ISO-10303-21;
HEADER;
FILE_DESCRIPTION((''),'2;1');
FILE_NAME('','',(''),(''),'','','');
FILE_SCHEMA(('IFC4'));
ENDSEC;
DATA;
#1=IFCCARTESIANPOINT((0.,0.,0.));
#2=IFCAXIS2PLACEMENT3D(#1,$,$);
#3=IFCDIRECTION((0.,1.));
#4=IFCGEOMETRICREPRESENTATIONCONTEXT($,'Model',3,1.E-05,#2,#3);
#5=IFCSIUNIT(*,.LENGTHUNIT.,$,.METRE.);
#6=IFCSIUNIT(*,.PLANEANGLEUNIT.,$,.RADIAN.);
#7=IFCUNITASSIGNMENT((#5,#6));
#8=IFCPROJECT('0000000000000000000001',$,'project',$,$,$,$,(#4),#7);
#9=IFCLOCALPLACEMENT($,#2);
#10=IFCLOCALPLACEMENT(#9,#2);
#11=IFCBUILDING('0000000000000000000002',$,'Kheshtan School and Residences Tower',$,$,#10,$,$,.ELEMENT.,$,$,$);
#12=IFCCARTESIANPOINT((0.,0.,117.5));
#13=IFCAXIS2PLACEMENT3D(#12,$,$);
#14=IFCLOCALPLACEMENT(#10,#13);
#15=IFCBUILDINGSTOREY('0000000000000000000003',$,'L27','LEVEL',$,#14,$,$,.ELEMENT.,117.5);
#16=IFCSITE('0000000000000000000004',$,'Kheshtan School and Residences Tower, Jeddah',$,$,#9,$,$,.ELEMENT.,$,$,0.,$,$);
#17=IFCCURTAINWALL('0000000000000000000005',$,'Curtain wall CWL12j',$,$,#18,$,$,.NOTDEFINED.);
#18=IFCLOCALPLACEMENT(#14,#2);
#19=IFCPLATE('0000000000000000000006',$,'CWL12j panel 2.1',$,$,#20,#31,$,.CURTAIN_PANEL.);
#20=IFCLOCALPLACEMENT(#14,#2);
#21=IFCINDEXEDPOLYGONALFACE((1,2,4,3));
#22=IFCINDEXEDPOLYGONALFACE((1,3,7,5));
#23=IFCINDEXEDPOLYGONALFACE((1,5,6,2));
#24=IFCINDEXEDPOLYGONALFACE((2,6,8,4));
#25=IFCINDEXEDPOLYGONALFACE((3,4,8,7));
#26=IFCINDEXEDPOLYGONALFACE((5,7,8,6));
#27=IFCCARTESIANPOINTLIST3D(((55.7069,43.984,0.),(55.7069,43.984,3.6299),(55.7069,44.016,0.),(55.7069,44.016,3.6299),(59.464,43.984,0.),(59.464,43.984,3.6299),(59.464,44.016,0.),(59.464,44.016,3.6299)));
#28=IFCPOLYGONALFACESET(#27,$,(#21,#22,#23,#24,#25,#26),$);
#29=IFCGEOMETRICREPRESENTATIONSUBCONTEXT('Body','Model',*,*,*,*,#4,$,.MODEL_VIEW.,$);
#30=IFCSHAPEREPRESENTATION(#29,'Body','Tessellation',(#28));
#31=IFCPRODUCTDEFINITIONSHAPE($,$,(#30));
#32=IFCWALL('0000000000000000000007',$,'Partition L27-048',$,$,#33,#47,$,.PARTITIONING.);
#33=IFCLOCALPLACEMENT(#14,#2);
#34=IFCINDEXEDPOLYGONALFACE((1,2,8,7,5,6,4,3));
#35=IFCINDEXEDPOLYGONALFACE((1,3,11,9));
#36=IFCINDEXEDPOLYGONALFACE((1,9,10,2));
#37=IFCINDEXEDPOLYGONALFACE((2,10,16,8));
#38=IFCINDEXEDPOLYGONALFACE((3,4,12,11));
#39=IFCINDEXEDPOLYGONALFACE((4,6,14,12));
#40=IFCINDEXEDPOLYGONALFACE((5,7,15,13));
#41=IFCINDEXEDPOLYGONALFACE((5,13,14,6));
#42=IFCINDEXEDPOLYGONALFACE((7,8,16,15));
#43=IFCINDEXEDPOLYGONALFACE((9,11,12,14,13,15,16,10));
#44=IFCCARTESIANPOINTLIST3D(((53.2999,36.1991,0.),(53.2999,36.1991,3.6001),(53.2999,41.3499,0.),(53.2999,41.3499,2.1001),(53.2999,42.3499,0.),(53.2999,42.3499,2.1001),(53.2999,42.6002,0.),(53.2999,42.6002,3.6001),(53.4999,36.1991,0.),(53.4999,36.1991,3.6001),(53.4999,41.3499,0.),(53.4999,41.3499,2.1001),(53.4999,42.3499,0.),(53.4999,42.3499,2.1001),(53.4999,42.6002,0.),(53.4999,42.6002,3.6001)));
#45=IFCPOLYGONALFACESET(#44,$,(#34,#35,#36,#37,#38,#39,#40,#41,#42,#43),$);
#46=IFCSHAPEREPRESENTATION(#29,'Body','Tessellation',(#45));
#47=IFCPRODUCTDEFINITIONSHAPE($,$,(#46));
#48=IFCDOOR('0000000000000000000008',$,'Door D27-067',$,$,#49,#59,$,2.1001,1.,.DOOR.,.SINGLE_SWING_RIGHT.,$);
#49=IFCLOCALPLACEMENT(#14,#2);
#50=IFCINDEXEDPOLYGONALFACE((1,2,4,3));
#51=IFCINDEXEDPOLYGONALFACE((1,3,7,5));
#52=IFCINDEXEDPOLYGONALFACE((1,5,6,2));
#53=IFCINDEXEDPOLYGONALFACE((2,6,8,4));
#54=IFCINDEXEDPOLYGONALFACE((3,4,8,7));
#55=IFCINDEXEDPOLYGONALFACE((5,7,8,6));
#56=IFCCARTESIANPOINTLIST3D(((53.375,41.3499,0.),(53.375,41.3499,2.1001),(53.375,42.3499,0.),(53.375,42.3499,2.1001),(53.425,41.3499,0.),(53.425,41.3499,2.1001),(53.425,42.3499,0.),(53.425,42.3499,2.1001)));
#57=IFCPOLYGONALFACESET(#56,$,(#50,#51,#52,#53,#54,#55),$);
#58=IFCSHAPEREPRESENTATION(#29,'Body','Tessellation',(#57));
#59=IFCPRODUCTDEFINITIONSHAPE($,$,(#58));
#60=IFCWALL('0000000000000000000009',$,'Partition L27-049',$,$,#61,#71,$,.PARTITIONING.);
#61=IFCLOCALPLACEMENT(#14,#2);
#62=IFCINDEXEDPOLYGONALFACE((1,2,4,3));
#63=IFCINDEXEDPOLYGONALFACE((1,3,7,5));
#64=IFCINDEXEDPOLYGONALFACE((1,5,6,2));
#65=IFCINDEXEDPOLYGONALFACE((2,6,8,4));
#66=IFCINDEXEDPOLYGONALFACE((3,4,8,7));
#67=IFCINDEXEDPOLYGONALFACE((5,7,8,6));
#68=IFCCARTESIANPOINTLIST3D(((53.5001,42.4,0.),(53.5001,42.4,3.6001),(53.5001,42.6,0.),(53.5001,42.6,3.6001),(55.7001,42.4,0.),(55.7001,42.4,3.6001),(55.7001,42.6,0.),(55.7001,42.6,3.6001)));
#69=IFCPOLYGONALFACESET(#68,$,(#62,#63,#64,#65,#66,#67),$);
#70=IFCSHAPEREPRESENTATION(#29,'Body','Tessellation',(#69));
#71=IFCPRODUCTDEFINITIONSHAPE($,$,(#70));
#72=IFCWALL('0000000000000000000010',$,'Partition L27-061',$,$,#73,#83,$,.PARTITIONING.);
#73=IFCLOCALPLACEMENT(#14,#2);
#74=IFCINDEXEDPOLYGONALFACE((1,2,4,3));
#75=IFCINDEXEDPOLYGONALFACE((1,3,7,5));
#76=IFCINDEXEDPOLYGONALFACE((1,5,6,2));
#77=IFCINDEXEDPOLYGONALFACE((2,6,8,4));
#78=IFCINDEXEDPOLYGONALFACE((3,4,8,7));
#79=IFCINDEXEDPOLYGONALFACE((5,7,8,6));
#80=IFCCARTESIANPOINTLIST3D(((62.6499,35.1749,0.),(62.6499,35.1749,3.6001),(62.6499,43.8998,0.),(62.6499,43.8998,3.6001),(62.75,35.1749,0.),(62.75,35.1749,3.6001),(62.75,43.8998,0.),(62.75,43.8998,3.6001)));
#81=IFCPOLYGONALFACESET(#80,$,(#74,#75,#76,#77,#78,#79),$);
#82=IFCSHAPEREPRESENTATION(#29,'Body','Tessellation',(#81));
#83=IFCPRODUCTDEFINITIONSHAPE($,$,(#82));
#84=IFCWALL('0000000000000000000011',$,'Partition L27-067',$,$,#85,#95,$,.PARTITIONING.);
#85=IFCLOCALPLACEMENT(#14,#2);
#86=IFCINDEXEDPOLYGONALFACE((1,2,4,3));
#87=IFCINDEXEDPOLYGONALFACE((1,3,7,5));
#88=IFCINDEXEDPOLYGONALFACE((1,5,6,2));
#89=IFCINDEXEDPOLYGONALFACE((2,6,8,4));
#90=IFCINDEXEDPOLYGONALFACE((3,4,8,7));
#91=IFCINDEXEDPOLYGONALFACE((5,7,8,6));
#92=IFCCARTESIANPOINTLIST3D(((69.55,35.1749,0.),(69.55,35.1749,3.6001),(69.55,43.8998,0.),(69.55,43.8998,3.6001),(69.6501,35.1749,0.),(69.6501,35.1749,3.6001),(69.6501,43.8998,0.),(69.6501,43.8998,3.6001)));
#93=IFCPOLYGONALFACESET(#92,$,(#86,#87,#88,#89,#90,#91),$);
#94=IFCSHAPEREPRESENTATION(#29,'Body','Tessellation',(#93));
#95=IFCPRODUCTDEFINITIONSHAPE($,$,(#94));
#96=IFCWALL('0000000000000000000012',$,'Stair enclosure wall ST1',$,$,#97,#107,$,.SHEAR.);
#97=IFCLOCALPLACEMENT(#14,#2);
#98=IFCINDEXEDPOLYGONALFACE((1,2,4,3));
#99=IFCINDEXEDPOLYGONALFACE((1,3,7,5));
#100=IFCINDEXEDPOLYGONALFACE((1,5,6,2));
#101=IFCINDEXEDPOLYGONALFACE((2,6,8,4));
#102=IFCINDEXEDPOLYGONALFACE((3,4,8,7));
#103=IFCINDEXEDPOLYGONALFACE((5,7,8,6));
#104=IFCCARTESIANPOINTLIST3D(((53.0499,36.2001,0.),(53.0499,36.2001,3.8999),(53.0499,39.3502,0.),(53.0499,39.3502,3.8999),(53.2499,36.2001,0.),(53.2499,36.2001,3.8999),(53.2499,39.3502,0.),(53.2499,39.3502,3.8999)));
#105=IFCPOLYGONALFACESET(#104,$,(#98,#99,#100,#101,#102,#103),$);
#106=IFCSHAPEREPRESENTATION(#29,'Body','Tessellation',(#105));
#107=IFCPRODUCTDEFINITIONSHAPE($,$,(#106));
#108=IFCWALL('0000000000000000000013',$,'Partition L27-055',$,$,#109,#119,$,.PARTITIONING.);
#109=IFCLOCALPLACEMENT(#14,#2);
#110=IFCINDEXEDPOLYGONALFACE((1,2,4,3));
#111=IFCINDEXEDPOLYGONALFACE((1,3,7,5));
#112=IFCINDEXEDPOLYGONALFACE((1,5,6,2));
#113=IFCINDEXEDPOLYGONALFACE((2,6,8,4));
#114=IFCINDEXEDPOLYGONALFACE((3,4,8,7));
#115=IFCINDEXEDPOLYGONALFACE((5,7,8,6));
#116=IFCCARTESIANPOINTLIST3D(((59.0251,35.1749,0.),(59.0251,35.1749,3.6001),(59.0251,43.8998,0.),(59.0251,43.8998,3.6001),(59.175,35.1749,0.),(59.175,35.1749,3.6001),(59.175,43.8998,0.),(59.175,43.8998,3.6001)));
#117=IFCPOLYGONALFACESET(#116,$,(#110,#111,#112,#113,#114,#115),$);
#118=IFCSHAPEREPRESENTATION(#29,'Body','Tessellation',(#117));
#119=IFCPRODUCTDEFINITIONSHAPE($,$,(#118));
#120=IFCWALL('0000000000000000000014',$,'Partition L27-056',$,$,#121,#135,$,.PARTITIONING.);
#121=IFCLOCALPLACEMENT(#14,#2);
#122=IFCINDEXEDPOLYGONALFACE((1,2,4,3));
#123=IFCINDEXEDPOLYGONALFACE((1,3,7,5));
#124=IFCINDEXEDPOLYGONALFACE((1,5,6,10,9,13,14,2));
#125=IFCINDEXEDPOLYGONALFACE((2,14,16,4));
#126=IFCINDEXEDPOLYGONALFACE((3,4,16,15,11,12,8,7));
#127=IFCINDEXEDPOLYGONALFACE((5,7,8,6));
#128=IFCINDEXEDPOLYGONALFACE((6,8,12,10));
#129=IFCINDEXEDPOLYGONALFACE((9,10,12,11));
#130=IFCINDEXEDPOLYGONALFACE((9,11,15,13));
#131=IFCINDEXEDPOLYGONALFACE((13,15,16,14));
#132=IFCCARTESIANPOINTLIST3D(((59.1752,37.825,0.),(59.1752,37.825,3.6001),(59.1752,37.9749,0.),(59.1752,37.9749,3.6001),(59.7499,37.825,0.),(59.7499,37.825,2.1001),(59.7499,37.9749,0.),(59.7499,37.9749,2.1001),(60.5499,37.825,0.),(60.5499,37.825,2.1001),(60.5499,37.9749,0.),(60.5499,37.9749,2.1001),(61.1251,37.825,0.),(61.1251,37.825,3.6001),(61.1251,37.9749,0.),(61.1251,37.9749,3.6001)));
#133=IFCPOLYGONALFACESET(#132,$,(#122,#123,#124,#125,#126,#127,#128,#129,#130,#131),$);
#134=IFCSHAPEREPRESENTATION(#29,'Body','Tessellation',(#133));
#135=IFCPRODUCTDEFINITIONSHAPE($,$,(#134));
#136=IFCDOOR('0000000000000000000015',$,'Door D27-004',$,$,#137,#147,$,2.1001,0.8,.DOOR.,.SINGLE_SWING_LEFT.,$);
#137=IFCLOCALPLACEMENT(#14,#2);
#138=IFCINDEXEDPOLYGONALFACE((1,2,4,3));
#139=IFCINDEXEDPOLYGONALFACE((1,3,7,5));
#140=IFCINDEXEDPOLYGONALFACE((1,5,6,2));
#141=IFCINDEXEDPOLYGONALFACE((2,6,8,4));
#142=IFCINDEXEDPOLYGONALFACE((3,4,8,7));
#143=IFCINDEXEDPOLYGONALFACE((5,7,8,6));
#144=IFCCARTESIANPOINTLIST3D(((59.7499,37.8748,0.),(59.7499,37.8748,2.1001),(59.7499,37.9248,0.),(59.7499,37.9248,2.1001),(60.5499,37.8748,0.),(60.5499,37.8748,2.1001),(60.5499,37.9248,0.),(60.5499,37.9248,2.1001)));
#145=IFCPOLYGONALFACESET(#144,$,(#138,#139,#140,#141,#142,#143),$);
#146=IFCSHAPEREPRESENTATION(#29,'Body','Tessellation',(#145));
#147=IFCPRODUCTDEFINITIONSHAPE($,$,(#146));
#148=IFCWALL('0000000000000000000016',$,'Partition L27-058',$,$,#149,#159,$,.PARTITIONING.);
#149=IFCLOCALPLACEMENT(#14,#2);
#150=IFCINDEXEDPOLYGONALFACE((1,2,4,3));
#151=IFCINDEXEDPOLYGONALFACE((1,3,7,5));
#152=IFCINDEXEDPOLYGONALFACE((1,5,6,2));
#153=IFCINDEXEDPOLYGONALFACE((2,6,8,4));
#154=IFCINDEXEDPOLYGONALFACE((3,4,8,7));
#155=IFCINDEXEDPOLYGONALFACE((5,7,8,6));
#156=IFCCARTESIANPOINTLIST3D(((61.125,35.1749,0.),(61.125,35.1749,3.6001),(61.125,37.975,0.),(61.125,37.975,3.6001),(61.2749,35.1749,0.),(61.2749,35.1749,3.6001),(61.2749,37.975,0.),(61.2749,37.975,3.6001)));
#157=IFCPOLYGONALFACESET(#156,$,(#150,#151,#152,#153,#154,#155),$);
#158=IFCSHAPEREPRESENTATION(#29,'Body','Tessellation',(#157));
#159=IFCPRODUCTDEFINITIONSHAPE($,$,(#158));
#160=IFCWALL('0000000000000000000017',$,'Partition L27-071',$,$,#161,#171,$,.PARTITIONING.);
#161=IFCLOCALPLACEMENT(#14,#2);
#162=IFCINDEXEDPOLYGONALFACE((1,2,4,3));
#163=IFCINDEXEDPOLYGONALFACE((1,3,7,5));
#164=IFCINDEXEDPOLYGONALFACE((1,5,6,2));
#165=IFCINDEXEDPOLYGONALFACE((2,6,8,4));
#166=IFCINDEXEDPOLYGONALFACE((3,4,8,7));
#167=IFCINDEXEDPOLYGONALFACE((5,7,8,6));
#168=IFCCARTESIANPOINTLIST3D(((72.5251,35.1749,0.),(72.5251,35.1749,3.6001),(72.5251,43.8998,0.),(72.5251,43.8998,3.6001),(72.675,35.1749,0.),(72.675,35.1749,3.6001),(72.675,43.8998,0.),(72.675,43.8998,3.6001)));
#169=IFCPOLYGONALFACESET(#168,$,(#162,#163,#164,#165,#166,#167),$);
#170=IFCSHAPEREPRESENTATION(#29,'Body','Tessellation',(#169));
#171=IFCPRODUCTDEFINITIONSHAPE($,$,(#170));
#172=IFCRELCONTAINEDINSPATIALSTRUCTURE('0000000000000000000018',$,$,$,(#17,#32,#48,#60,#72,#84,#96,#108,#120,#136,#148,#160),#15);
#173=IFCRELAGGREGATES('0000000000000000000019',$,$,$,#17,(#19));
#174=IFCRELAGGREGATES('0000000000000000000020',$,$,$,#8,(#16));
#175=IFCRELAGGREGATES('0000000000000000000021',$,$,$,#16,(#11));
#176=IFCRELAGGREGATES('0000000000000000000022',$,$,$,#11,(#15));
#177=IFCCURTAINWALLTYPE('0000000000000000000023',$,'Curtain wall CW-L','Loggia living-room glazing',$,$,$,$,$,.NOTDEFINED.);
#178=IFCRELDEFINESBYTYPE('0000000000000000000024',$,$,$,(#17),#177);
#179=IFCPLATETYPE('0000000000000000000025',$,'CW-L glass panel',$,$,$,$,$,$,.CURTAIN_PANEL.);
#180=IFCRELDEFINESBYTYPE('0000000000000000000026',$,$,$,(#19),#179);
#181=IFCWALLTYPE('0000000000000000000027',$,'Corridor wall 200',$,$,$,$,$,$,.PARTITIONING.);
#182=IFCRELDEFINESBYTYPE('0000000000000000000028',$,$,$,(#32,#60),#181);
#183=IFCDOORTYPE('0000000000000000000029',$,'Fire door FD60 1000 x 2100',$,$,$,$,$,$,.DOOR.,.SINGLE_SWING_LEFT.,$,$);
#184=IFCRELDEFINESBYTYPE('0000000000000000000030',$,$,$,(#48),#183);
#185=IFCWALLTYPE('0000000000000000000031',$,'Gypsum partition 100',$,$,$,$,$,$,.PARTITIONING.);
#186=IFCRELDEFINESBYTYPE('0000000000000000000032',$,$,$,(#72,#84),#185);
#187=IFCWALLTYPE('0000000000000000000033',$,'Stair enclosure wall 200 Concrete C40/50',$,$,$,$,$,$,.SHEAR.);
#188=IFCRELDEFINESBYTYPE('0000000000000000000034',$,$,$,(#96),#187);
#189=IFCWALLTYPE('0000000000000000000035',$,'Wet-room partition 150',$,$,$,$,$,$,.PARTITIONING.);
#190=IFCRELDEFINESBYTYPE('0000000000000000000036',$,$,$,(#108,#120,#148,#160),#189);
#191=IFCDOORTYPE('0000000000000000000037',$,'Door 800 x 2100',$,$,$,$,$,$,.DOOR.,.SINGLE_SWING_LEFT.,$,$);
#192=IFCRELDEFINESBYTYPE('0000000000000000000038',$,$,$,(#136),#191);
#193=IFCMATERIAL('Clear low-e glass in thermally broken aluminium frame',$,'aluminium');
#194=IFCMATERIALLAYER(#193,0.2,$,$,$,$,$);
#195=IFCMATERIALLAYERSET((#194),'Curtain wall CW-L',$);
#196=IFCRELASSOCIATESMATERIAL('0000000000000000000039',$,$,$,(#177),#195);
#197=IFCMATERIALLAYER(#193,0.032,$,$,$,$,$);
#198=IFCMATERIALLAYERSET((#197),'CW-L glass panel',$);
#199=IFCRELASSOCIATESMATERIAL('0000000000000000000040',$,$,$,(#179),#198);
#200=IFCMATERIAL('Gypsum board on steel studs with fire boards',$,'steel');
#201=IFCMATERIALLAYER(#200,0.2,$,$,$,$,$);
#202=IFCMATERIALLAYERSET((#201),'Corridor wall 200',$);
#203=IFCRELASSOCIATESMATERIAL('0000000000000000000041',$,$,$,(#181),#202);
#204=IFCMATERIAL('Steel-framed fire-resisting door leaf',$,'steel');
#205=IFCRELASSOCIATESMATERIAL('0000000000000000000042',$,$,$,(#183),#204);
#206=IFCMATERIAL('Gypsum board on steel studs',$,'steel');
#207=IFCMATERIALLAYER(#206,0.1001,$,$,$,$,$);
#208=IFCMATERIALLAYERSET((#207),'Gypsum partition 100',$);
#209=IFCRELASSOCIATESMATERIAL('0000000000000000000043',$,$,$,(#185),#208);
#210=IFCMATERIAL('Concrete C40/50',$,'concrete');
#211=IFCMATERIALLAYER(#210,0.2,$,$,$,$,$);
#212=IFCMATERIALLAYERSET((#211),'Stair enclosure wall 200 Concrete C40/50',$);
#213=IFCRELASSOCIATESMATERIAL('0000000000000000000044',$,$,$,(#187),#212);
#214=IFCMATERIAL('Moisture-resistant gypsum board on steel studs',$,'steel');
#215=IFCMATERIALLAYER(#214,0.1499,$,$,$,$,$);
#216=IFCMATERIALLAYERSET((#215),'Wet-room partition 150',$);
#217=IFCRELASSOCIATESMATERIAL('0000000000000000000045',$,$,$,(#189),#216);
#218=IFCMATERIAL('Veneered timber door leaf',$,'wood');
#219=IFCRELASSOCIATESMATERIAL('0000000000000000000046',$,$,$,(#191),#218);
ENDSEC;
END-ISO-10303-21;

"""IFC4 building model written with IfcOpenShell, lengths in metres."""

from ifc_helpers import new_model, si_unit, direction, frame, frame_2d, origin, origin_2d, place, context, subcontext, project, spatial, rectangle, extrude, source, transform, mapped, material, layer, layer_set, type_object, element, fill, aggregate, save


model = new_model("IFC4")

# Units and contexts
model_context = context("Model", 3, precision=1e-05, world=origin(), true_north=direction((0.0, 1.0)))
body_context = subcontext(model_context, "Body", "Model", "MODEL_VIEW")
ifc_project = project(units=[si_unit("LENGTHUNIT", "METRE"), si_unit("PLANEANGLEUNIT", "RADIAN")], contexts=[model_context])

# Site, building, storey
site_placement = place(None, origin())
site = spatial("IfcSite", under=ifc_project, at=site_placement, Name="Kheshtan School and Residences Tower, Jeddah", CompositionType="ELEMENT", RefElevation=0.0)
building_placement = place(site_placement, origin())
building = spatial("IfcBuilding", under=site, at=building_placement, Name="Kheshtan School and Residences Tower", CompositionType="ELEMENT")
storey_placement = place(building_placement, frame((0.0, 0.0, 117.5)))
storey = spatial("IfcBuildingStorey", under=building, at=storey_placement, Name="L27", Description="LEVEL", CompositionType="ELEMENT", Elevation=117.5)

# Curtain wall, plate
ifc_material_1 = material(Name="Clear low-e glass in thermally broken aluminium frame", Category="aluminium")
ifc_layer_1 = layer(ifc_material_1, 0.2)
ifc_layer_set_1 = layer_set([ifc_layer_1], Name="Curtain wall CW-L")
curtain_wall_type = type_object("IfcCurtainWallType", Name="Curtain wall CW-L", Description="Loggia living-room glazing", PredefinedType="NOTDEFINED", material=ifc_layer_set_1)
curtain_wall_placement = place(storey_placement, origin())
curtain_wall = element("IfcCurtainWall", 1, at=curtain_wall_placement, inside=storey, type_object=curtain_wall_type, Name="Curtain wall CWL12j", PredefinedType="NOTDEFINED")
ifc_layer_2 = layer(ifc_material_1, 0.032)
ifc_layer_set_2 = layer_set([ifc_layer_2], Name="CW-L glass panel")
plate_type = type_object("IfcPlateType", Name="CW-L glass panel", PredefinedType="CURTAIN_PANEL", material=ifc_layer_set_2)
plate_1_placement = place(storey_placement, frame((57.5854, 44.0, 0.0), z_axis=(0.0, 0.0, 1.0), x_axis=(1.0, 0.0, 0.0)))
plate_1 = element("IfcPlate", 2, at=plate_1_placement, type_object=plate_type, Name="CWL12j panel 2.1", PredefinedType="CURTAIN_PANEL", context=body_context, shape_type="SweptSolid", body=[
    extrude(rectangle(XDim=3.7571, YDim=0.032, at=origin_2d()), origin(), (0.0, 0.0, 1.0), 3.6299),
])
aggregate(curtain_wall, [plate_1])

# Wall, opening, door
ifc_material_2 = material(Name="Gypsum board on steel studs with fire boards", Category="steel")
ifc_layer_3 = layer(ifc_material_2, 0.2)
ifc_layer_set_3 = layer_set([ifc_layer_3], Name="Corridor wall 200")
wall_type_1 = type_object("IfcWallType", Name="Corridor wall 200", PredefinedType="PARTITIONING", material=ifc_layer_set_3)
wall_1_placement = place(storey_placement, frame((53.3999, 36.199, 0.0), z_axis=(0.0, 0.0, 1.0), x_axis=(0.0, 1.0, 0.0)))
wall_1 = element("IfcWall", 3, at=wall_1_placement, inside=storey, type_object=wall_type_1, Name="Partition L27-048", PredefinedType="PARTITIONING", context=body_context, shape_type="SweptSolid", body=[
    extrude(rectangle(XDim=6.4011, YDim=0.2, at=frame_2d((3.2007, 0.0))), origin(), (0.0, 0.0, 1.0), 3.6001),
])
opening_1_placement = place(wall_1_placement, frame((5.1509, 0.0, 0.0)))
opening_1 = element("IfcOpeningElement", 4, at=opening_1_placement, cuts=wall_1, PredefinedType="OPENING", context=body_context, shape_type="SweptSolid", body=[
    extrude(rectangle(XDim=1.0, YDim=2.1001, at=frame_2d((0.5, 1.05))), frame((0.0, 0.1099, 0.0), z_axis=(0.0, -1.0, 0.0), x_axis=(1.0, 0.0, 0.0)), (0.0, 0.0, 1.0), 0.22),
])
ifc_material_3 = material(Name="Steel-framed fire-resisting door leaf", Category="steel")
door_type_1 = type_object("IfcDoorType", Name="Fire door FD60 1000 x 2100", OperationType="SINGLE_SWING_LEFT", PredefinedType="DOOR", material=ifc_material_3)
shared_shape_1 = source(origin(), body_context, "Body", "SweptSolid", [
    extrude(rectangle(XDim=1.0, YDim=2.1001, at=frame_2d((0.5, 1.05))), frame((0.0, 0.0249, 0.0), z_axis=(0.0, -1.0, 0.0), x_axis=(1.0, 0.0, 0.0)), (0.0, 0.0, 1.0), 0.05),
])
door_1_placement = place(opening_1_placement, origin())
door_1 = element("IfcDoor", 5, at=door_1_placement, inside=storey, type_object=door_type_1, Name="Door D27-067", OperationType="SINGLE_SWING_RIGHT", OverallHeight=2.1001, OverallWidth=1.0, PredefinedType="DOOR", context=body_context, shape_type="MappedRepresentation", body=[
    mapped(shared_shape_1, transform((0.0, 0.0, 0.0), x_axis=(1.0, 0.0, 0.0), y_axis=(0.0, 1.0, 0.0), z_axis=(0.0, 0.0, 1.0), scale=1.0)),
])
fill(opening_1, door_1)

# Wall
wall_2_placement = place(storey_placement, frame((53.5, 42.5, 0.0), z_axis=(0.0, 0.0, 1.0), x_axis=(1.0, 0.0, 0.0)))
element("IfcWall", 6, at=wall_2_placement, inside=storey, type_object=wall_type_1, Name="Partition L27-049", PredefinedType="PARTITIONING", context=body_context, shape_type="SweptSolid", body=[
    extrude(rectangle(XDim=2.2, YDim=0.2, at=frame_2d((1.1001, 0.0))), origin(), (0.0, 0.0, 1.0), 3.6001),
])

# Walls
ifc_material_4 = material(Name="Gypsum board on steel studs", Category="steel")
ifc_layer_4 = layer(ifc_material_4, 0.1001)
ifc_layer_set_4 = layer_set([ifc_layer_4], Name="Gypsum partition 100")
wall_type_2 = type_object("IfcWallType", Name="Gypsum partition 100", PredefinedType="PARTITIONING", material=ifc_layer_set_4)
for number, where, z_axis, x_axis, name in (
    (7, (62.7, 35.175, 0.0), (0.0, 0.0, 1.0), (0.0, 1.0, 0.0), "Partition L27-061"),
    (8, (69.6001, 35.175, 0.0), (0.0, 0.0, 1.0), (0.0, 1.0, 0.0), "Partition L27-067"),
):
    element("IfcWall", number, at=place(storey_placement, frame(where, z_axis=z_axis, x_axis=x_axis)), inside=storey, type_object=wall_type_2, Name=name, PredefinedType="PARTITIONING", context=body_context, shape_type="SweptSolid", body=[
        extrude(rectangle(XDim=8.7249, YDim=0.1001, at=frame_2d((4.3623, 0.0))), origin(), (0.0, 0.0, 1.0), 3.6001),
    ])
ifc_material_5 = material(Name="Concrete C40/50", Category="concrete")
ifc_layer_5 = layer(ifc_material_5, 0.2)
ifc_layer_set_5 = layer_set([ifc_layer_5], Name="Stair enclosure wall 200 Concrete C40/50")
wall_type_3 = type_object("IfcWallType", Name="Stair enclosure wall 200 Concrete C40/50", PredefinedType="SHEAR", material=ifc_layer_set_5)
wall_3_placement = place(storey_placement, frame((53.1499, 36.2, 0.0), z_axis=(0.0, 0.0, 1.0), x_axis=(0.0, 1.0, 0.0)))
element("IfcWall", 9, at=wall_3_placement, inside=storey, type_object=wall_type_3, Name="Stair enclosure wall ST1", PredefinedType="SHEAR", context=body_context, shape_type="SweptSolid", body=[
    extrude(rectangle(XDim=3.1501, YDim=0.2, at=frame_2d((1.5752, 0.0))), origin(), (0.0, 0.0, 1.0), 3.8999),
])
ifc_material_6 = material(Name="Moisture-resistant gypsum board on steel studs", Category="steel")
ifc_layer_6 = layer(ifc_material_6, 0.1499)
ifc_layer_set_6 = layer_set([ifc_layer_6], Name="Wet-room partition 150")
wall_type_4 = type_object("IfcWallType", Name="Wet-room partition 150", PredefinedType="PARTITIONING", material=ifc_layer_set_6)
wall_4_placement = place(storey_placement, frame((59.1001, 35.175, 0.0), z_axis=(0.0, 0.0, 1.0), x_axis=(0.0, 1.0, 0.0)))
element("IfcWall", 10, at=wall_4_placement, inside=storey, type_object=wall_type_4, Name="Partition L27-055", PredefinedType="PARTITIONING", context=body_context, shape_type="SweptSolid", body=[
    extrude(rectangle(XDim=8.7249, YDim=0.1499, at=frame_2d((4.3623, 0.0))), origin(), (0.0, 0.0, 1.0), 3.6001),
])

# Wall, opening, door
wall_5_placement = place(storey_placement, frame((59.175, 37.8999, 0.0), z_axis=(0.0, 0.0, 1.0), x_axis=(1.0, 0.0, 0.0)))
wall_5 = element("IfcWall", 11, at=wall_5_placement, inside=storey, type_object=wall_type_4, Name="Partition L27-056", PredefinedType="PARTITIONING", context=body_context, shape_type="SweptSolid", body=[
    extrude(rectangle(XDim=1.95, YDim=0.1499, at=frame_2d((0.9751, 0.0))), origin(), (0.0, 0.0, 1.0), 3.6001),
])
opening_2_placement = place(wall_5_placement, frame((0.575, 0.0, 0.0)))
opening_2 = element("IfcOpeningElement", 12, at=opening_2_placement, cuts=wall_5, PredefinedType="OPENING", context=body_context, shape_type="SweptSolid", body=[
    extrude(rectangle(XDim=0.8, YDim=2.1001, at=frame_2d((0.3999, 1.05))), frame((0.0, 0.085, 0.0), z_axis=(0.0, -1.0, 0.0), x_axis=(1.0, 0.0, 0.0)), (0.0, 0.0, 1.0), 0.1699),
])
ifc_material_7 = material(Name="Veneered timber door leaf", Category="wood")
door_type_2 = type_object("IfcDoorType", Name="Door 800 x 2100", OperationType="SINGLE_SWING_LEFT", PredefinedType="DOOR", material=ifc_material_7)
shared_shape_2 = source(origin(), body_context, "Body", "SweptSolid", [
    extrude(rectangle(XDim=0.8, YDim=2.1001, at=frame_2d((0.3999, 1.05))), frame((0.0, 0.0249, 0.0), z_axis=(0.0, -1.0, 0.0), x_axis=(1.0, 0.0, 0.0)), (0.0, 0.0, 1.0), 0.05),
])
door_2_placement = place(opening_2_placement, origin())
door_2 = element("IfcDoor", 13, at=door_2_placement, inside=storey, type_object=door_type_2, Name="Door D27-004", OperationType="SINGLE_SWING_LEFT", OverallHeight=2.1001, OverallWidth=0.8, PredefinedType="DOOR", context=body_context, shape_type="MappedRepresentation", body=[
    mapped(shared_shape_2, transform((0.0, 0.0, 0.0), x_axis=(1.0, 0.0, 0.0), y_axis=(0.0, 1.0, 0.0), z_axis=(0.0, 0.0, 1.0), scale=1.0)),
])
fill(opening_2, door_2)

# Walls
wall_6_placement = place(storey_placement, frame((61.2, 35.175, 0.0), z_axis=(0.0, 0.0, 1.0), x_axis=(0.0, 1.0, 0.0)))
element("IfcWall", 14, at=wall_6_placement, inside=storey, type_object=wall_type_4, Name="Partition L27-058", PredefinedType="PARTITIONING", context=body_context, shape_type="SweptSolid", body=[
    extrude(rectangle(XDim=2.8, YDim=0.1499, at=frame_2d((1.3999, 0.0))), origin(), (0.0, 0.0, 1.0), 3.6001),
])
wall_7_placement = place(storey_placement, frame((72.6001, 35.175, 0.0), z_axis=(0.0, 0.0, 1.0), x_axis=(0.0, 1.0, 0.0)))
element("IfcWall", 15, at=wall_7_placement, inside=storey, type_object=wall_type_4, Name="Partition L27-071", PredefinedType="PARTITIONING", context=body_context, shape_type="SweptSolid", body=[
    extrude(rectangle(XDim=8.7249, YDim=0.1499, at=frame_2d((4.3623, 0.0))), origin(), (0.0, 0.0, 1.0), 3.6001),
])

save(model, "model.ifc")
